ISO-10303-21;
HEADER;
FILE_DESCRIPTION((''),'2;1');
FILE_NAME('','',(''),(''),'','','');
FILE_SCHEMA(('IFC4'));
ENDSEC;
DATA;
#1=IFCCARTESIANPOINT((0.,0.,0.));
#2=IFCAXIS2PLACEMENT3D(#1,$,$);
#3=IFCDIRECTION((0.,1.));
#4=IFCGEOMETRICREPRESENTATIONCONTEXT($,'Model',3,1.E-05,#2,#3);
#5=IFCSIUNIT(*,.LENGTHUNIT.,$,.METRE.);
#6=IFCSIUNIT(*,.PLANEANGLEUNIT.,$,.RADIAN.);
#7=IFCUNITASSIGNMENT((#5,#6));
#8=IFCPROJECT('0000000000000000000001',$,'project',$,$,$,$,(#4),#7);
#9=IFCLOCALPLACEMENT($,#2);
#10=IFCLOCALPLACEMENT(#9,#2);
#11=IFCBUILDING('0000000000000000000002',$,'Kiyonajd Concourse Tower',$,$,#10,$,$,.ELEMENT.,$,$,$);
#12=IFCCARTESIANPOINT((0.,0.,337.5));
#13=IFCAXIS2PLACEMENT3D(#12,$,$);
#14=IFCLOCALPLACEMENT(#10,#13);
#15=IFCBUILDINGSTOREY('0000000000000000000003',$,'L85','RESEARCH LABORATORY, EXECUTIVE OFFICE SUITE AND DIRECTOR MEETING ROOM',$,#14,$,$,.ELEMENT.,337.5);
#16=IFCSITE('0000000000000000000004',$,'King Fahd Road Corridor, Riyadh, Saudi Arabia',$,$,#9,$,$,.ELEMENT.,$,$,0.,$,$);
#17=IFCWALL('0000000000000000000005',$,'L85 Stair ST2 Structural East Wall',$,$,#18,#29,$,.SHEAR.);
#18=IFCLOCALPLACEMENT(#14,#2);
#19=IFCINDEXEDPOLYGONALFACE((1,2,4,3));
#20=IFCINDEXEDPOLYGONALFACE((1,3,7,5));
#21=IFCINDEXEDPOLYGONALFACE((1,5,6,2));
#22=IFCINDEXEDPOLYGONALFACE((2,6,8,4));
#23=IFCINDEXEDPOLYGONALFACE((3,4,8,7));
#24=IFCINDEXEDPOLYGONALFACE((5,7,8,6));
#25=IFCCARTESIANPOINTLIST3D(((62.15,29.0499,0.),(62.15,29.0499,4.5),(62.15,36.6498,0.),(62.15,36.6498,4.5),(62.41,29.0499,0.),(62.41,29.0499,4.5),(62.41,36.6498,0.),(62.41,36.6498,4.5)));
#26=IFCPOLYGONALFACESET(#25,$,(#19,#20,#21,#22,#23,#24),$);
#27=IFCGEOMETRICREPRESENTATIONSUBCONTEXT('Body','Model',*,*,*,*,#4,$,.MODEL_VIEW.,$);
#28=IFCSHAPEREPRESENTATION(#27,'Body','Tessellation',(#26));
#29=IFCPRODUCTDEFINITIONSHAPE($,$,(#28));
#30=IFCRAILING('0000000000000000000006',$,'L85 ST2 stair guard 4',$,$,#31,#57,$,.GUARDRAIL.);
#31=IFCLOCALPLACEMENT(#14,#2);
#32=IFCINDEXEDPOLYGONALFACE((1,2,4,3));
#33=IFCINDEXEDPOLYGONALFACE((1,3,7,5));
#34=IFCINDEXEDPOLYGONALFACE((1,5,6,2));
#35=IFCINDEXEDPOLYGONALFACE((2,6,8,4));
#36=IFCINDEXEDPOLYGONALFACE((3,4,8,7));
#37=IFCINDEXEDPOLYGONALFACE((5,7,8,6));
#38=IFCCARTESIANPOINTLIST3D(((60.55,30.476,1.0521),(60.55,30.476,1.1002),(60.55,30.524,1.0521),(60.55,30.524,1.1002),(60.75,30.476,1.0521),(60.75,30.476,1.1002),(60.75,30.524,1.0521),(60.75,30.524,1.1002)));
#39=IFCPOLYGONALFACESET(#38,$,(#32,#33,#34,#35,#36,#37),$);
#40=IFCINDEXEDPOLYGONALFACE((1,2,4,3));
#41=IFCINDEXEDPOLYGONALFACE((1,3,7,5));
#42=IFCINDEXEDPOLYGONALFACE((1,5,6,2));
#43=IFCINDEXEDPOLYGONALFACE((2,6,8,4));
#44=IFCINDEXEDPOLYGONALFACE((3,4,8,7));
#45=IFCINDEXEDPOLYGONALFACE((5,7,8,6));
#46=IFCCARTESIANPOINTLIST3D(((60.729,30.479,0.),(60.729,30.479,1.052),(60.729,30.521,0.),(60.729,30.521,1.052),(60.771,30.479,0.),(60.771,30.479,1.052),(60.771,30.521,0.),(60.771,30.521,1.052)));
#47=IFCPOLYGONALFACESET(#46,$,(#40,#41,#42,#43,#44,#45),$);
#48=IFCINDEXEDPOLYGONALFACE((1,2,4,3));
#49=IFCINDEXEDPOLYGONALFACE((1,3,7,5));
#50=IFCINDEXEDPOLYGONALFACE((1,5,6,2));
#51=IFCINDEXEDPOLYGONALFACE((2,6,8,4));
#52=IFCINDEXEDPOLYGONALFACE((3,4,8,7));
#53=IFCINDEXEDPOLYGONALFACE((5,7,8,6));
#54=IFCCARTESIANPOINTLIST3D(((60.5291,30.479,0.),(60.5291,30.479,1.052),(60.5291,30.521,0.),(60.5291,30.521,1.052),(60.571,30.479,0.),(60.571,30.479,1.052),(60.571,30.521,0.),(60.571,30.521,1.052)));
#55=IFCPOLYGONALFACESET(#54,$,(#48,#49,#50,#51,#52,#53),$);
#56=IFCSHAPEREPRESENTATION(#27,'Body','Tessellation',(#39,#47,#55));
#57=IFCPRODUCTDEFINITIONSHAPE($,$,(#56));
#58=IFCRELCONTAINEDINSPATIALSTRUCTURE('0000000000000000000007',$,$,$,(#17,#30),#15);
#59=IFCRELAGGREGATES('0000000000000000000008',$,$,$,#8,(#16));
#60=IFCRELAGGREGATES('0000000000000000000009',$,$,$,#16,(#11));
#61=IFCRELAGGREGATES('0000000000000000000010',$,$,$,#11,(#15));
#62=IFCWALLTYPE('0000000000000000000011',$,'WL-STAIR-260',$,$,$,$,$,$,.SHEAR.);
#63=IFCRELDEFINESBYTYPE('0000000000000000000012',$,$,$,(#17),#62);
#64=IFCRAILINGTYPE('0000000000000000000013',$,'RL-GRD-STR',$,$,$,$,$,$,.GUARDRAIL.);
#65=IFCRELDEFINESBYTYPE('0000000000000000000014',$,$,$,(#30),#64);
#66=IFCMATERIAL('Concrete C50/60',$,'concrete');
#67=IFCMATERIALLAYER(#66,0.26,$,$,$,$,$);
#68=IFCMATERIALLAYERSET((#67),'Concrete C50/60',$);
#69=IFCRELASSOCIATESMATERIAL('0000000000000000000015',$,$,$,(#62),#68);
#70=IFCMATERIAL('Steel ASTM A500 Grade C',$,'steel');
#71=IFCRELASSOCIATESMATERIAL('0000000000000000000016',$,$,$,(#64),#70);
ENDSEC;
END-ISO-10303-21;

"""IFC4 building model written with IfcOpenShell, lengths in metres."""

from ifc_helpers import new_model, si_unit, direction, frame, frame_2d, origin, origin_2d, place, context, subcontext, project, spatial, rectangle, extrude, material, layer, layer_set, type_object, element, save


model = new_model("IFC4")

# Units and contexts
model_context = context("Model", 3, precision=1e-05, world=origin(), true_north=direction((0.0, 1.0)))
body_context = subcontext(model_context, "Body", "Model", "MODEL_VIEW")
ifc_project = project(units=[si_unit("LENGTHUNIT", "METRE"), si_unit("PLANEANGLEUNIT", "RADIAN")], contexts=[model_context])

# Site, building, storey
site_placement = place(None, origin())
site = spatial("IfcSite", under=ifc_project, at=site_placement, Name="King Fahd Road Corridor, Riyadh, Saudi Arabia", CompositionType="ELEMENT", RefElevation=0.0)
building_placement = place(site_placement, origin())
building = spatial("IfcBuilding", under=site, at=building_placement, Name="Kiyonajd Concourse Tower", CompositionType="ELEMENT")
storey_placement = place(building_placement, frame((0.0, 0.0, 337.5)))
storey = spatial("IfcBuildingStorey", under=building, at=storey_placement, Name="L85", Description="RESEARCH LABORATORY, EXECUTIVE OFFICE SUITE AND DIRECTOR MEETING ROOM", CompositionType="ELEMENT", Elevation=337.5)

# Shared definitions
ifc_material_1 = material(Name="Concrete C50/60", Category="concrete")
ifc_layer_1 = layer(ifc_material_1, 0.26)
ifc_layer_set_1 = layer_set([ifc_layer_1], Name="Concrete C50/60")
wall_type_1 = type_object("IfcWallType", Name="WL-STAIR-260", PredefinedType="SHEAR", material=ifc_layer_set_1)

# Wall
wall_1_placement = place(storey_placement, frame((62.28, 29.05, 0.0), z_axis=(0.0, 0.0, 1.0), x_axis=(0.0, 1.0, 0.0)))
element("IfcWall", 1, at=wall_1_placement, inside=storey, type_object=wall_type_1, Name="L85 Stair ST2 Structural East Wall", PredefinedType="SHEAR", context=body_context, shape_type="SweptSolid", body=[
    extrude(rectangle(XDim=7.5999, YDim=0.26, at=frame_2d((3.7998, 0.0))), origin(), (0.0, 0.0, 1.0), 4.5),
])

# Railing
ifc_material_2 = material(Name="Steel ASTM A500 Grade C", Category="steel")
railing_type = type_object("IfcRailingType", Name="RL-GRD-STR", PredefinedType="GUARDRAIL", material=ifc_material_2)
railing_placement = place(storey_placement, frame((60.75, 30.5, 0.0)))
element("IfcRailing", 2, at=railing_placement, inside=storey, type_object=railing_type, Name="L85 ST2 stair guard 4", PredefinedType="GUARDRAIL", context=body_context, shape_type="SweptSolid", body=[
    extrude(rectangle(XDim=0.0481, YDim=0.0481, at=origin_2d()), frame((0.0, 0.0, 1.0762), z_axis=(-1.0, 0.0, 0.0), x_axis=(0.0, -1.0, 0.0)), (0.0, 0.0, 1.0), 0.2),
    extrude(rectangle(XDim=0.042, YDim=0.042, at=origin_2d()), origin(), (0.0, 0.0, 1.0), 1.052),
    extrude(rectangle(XDim=0.042, YDim=0.042, at=origin_2d()), frame((-0.2, 0.0, 0.0)), (0.0, 0.0, 1.0), 1.052),
])

save(model, "model.ifc")
